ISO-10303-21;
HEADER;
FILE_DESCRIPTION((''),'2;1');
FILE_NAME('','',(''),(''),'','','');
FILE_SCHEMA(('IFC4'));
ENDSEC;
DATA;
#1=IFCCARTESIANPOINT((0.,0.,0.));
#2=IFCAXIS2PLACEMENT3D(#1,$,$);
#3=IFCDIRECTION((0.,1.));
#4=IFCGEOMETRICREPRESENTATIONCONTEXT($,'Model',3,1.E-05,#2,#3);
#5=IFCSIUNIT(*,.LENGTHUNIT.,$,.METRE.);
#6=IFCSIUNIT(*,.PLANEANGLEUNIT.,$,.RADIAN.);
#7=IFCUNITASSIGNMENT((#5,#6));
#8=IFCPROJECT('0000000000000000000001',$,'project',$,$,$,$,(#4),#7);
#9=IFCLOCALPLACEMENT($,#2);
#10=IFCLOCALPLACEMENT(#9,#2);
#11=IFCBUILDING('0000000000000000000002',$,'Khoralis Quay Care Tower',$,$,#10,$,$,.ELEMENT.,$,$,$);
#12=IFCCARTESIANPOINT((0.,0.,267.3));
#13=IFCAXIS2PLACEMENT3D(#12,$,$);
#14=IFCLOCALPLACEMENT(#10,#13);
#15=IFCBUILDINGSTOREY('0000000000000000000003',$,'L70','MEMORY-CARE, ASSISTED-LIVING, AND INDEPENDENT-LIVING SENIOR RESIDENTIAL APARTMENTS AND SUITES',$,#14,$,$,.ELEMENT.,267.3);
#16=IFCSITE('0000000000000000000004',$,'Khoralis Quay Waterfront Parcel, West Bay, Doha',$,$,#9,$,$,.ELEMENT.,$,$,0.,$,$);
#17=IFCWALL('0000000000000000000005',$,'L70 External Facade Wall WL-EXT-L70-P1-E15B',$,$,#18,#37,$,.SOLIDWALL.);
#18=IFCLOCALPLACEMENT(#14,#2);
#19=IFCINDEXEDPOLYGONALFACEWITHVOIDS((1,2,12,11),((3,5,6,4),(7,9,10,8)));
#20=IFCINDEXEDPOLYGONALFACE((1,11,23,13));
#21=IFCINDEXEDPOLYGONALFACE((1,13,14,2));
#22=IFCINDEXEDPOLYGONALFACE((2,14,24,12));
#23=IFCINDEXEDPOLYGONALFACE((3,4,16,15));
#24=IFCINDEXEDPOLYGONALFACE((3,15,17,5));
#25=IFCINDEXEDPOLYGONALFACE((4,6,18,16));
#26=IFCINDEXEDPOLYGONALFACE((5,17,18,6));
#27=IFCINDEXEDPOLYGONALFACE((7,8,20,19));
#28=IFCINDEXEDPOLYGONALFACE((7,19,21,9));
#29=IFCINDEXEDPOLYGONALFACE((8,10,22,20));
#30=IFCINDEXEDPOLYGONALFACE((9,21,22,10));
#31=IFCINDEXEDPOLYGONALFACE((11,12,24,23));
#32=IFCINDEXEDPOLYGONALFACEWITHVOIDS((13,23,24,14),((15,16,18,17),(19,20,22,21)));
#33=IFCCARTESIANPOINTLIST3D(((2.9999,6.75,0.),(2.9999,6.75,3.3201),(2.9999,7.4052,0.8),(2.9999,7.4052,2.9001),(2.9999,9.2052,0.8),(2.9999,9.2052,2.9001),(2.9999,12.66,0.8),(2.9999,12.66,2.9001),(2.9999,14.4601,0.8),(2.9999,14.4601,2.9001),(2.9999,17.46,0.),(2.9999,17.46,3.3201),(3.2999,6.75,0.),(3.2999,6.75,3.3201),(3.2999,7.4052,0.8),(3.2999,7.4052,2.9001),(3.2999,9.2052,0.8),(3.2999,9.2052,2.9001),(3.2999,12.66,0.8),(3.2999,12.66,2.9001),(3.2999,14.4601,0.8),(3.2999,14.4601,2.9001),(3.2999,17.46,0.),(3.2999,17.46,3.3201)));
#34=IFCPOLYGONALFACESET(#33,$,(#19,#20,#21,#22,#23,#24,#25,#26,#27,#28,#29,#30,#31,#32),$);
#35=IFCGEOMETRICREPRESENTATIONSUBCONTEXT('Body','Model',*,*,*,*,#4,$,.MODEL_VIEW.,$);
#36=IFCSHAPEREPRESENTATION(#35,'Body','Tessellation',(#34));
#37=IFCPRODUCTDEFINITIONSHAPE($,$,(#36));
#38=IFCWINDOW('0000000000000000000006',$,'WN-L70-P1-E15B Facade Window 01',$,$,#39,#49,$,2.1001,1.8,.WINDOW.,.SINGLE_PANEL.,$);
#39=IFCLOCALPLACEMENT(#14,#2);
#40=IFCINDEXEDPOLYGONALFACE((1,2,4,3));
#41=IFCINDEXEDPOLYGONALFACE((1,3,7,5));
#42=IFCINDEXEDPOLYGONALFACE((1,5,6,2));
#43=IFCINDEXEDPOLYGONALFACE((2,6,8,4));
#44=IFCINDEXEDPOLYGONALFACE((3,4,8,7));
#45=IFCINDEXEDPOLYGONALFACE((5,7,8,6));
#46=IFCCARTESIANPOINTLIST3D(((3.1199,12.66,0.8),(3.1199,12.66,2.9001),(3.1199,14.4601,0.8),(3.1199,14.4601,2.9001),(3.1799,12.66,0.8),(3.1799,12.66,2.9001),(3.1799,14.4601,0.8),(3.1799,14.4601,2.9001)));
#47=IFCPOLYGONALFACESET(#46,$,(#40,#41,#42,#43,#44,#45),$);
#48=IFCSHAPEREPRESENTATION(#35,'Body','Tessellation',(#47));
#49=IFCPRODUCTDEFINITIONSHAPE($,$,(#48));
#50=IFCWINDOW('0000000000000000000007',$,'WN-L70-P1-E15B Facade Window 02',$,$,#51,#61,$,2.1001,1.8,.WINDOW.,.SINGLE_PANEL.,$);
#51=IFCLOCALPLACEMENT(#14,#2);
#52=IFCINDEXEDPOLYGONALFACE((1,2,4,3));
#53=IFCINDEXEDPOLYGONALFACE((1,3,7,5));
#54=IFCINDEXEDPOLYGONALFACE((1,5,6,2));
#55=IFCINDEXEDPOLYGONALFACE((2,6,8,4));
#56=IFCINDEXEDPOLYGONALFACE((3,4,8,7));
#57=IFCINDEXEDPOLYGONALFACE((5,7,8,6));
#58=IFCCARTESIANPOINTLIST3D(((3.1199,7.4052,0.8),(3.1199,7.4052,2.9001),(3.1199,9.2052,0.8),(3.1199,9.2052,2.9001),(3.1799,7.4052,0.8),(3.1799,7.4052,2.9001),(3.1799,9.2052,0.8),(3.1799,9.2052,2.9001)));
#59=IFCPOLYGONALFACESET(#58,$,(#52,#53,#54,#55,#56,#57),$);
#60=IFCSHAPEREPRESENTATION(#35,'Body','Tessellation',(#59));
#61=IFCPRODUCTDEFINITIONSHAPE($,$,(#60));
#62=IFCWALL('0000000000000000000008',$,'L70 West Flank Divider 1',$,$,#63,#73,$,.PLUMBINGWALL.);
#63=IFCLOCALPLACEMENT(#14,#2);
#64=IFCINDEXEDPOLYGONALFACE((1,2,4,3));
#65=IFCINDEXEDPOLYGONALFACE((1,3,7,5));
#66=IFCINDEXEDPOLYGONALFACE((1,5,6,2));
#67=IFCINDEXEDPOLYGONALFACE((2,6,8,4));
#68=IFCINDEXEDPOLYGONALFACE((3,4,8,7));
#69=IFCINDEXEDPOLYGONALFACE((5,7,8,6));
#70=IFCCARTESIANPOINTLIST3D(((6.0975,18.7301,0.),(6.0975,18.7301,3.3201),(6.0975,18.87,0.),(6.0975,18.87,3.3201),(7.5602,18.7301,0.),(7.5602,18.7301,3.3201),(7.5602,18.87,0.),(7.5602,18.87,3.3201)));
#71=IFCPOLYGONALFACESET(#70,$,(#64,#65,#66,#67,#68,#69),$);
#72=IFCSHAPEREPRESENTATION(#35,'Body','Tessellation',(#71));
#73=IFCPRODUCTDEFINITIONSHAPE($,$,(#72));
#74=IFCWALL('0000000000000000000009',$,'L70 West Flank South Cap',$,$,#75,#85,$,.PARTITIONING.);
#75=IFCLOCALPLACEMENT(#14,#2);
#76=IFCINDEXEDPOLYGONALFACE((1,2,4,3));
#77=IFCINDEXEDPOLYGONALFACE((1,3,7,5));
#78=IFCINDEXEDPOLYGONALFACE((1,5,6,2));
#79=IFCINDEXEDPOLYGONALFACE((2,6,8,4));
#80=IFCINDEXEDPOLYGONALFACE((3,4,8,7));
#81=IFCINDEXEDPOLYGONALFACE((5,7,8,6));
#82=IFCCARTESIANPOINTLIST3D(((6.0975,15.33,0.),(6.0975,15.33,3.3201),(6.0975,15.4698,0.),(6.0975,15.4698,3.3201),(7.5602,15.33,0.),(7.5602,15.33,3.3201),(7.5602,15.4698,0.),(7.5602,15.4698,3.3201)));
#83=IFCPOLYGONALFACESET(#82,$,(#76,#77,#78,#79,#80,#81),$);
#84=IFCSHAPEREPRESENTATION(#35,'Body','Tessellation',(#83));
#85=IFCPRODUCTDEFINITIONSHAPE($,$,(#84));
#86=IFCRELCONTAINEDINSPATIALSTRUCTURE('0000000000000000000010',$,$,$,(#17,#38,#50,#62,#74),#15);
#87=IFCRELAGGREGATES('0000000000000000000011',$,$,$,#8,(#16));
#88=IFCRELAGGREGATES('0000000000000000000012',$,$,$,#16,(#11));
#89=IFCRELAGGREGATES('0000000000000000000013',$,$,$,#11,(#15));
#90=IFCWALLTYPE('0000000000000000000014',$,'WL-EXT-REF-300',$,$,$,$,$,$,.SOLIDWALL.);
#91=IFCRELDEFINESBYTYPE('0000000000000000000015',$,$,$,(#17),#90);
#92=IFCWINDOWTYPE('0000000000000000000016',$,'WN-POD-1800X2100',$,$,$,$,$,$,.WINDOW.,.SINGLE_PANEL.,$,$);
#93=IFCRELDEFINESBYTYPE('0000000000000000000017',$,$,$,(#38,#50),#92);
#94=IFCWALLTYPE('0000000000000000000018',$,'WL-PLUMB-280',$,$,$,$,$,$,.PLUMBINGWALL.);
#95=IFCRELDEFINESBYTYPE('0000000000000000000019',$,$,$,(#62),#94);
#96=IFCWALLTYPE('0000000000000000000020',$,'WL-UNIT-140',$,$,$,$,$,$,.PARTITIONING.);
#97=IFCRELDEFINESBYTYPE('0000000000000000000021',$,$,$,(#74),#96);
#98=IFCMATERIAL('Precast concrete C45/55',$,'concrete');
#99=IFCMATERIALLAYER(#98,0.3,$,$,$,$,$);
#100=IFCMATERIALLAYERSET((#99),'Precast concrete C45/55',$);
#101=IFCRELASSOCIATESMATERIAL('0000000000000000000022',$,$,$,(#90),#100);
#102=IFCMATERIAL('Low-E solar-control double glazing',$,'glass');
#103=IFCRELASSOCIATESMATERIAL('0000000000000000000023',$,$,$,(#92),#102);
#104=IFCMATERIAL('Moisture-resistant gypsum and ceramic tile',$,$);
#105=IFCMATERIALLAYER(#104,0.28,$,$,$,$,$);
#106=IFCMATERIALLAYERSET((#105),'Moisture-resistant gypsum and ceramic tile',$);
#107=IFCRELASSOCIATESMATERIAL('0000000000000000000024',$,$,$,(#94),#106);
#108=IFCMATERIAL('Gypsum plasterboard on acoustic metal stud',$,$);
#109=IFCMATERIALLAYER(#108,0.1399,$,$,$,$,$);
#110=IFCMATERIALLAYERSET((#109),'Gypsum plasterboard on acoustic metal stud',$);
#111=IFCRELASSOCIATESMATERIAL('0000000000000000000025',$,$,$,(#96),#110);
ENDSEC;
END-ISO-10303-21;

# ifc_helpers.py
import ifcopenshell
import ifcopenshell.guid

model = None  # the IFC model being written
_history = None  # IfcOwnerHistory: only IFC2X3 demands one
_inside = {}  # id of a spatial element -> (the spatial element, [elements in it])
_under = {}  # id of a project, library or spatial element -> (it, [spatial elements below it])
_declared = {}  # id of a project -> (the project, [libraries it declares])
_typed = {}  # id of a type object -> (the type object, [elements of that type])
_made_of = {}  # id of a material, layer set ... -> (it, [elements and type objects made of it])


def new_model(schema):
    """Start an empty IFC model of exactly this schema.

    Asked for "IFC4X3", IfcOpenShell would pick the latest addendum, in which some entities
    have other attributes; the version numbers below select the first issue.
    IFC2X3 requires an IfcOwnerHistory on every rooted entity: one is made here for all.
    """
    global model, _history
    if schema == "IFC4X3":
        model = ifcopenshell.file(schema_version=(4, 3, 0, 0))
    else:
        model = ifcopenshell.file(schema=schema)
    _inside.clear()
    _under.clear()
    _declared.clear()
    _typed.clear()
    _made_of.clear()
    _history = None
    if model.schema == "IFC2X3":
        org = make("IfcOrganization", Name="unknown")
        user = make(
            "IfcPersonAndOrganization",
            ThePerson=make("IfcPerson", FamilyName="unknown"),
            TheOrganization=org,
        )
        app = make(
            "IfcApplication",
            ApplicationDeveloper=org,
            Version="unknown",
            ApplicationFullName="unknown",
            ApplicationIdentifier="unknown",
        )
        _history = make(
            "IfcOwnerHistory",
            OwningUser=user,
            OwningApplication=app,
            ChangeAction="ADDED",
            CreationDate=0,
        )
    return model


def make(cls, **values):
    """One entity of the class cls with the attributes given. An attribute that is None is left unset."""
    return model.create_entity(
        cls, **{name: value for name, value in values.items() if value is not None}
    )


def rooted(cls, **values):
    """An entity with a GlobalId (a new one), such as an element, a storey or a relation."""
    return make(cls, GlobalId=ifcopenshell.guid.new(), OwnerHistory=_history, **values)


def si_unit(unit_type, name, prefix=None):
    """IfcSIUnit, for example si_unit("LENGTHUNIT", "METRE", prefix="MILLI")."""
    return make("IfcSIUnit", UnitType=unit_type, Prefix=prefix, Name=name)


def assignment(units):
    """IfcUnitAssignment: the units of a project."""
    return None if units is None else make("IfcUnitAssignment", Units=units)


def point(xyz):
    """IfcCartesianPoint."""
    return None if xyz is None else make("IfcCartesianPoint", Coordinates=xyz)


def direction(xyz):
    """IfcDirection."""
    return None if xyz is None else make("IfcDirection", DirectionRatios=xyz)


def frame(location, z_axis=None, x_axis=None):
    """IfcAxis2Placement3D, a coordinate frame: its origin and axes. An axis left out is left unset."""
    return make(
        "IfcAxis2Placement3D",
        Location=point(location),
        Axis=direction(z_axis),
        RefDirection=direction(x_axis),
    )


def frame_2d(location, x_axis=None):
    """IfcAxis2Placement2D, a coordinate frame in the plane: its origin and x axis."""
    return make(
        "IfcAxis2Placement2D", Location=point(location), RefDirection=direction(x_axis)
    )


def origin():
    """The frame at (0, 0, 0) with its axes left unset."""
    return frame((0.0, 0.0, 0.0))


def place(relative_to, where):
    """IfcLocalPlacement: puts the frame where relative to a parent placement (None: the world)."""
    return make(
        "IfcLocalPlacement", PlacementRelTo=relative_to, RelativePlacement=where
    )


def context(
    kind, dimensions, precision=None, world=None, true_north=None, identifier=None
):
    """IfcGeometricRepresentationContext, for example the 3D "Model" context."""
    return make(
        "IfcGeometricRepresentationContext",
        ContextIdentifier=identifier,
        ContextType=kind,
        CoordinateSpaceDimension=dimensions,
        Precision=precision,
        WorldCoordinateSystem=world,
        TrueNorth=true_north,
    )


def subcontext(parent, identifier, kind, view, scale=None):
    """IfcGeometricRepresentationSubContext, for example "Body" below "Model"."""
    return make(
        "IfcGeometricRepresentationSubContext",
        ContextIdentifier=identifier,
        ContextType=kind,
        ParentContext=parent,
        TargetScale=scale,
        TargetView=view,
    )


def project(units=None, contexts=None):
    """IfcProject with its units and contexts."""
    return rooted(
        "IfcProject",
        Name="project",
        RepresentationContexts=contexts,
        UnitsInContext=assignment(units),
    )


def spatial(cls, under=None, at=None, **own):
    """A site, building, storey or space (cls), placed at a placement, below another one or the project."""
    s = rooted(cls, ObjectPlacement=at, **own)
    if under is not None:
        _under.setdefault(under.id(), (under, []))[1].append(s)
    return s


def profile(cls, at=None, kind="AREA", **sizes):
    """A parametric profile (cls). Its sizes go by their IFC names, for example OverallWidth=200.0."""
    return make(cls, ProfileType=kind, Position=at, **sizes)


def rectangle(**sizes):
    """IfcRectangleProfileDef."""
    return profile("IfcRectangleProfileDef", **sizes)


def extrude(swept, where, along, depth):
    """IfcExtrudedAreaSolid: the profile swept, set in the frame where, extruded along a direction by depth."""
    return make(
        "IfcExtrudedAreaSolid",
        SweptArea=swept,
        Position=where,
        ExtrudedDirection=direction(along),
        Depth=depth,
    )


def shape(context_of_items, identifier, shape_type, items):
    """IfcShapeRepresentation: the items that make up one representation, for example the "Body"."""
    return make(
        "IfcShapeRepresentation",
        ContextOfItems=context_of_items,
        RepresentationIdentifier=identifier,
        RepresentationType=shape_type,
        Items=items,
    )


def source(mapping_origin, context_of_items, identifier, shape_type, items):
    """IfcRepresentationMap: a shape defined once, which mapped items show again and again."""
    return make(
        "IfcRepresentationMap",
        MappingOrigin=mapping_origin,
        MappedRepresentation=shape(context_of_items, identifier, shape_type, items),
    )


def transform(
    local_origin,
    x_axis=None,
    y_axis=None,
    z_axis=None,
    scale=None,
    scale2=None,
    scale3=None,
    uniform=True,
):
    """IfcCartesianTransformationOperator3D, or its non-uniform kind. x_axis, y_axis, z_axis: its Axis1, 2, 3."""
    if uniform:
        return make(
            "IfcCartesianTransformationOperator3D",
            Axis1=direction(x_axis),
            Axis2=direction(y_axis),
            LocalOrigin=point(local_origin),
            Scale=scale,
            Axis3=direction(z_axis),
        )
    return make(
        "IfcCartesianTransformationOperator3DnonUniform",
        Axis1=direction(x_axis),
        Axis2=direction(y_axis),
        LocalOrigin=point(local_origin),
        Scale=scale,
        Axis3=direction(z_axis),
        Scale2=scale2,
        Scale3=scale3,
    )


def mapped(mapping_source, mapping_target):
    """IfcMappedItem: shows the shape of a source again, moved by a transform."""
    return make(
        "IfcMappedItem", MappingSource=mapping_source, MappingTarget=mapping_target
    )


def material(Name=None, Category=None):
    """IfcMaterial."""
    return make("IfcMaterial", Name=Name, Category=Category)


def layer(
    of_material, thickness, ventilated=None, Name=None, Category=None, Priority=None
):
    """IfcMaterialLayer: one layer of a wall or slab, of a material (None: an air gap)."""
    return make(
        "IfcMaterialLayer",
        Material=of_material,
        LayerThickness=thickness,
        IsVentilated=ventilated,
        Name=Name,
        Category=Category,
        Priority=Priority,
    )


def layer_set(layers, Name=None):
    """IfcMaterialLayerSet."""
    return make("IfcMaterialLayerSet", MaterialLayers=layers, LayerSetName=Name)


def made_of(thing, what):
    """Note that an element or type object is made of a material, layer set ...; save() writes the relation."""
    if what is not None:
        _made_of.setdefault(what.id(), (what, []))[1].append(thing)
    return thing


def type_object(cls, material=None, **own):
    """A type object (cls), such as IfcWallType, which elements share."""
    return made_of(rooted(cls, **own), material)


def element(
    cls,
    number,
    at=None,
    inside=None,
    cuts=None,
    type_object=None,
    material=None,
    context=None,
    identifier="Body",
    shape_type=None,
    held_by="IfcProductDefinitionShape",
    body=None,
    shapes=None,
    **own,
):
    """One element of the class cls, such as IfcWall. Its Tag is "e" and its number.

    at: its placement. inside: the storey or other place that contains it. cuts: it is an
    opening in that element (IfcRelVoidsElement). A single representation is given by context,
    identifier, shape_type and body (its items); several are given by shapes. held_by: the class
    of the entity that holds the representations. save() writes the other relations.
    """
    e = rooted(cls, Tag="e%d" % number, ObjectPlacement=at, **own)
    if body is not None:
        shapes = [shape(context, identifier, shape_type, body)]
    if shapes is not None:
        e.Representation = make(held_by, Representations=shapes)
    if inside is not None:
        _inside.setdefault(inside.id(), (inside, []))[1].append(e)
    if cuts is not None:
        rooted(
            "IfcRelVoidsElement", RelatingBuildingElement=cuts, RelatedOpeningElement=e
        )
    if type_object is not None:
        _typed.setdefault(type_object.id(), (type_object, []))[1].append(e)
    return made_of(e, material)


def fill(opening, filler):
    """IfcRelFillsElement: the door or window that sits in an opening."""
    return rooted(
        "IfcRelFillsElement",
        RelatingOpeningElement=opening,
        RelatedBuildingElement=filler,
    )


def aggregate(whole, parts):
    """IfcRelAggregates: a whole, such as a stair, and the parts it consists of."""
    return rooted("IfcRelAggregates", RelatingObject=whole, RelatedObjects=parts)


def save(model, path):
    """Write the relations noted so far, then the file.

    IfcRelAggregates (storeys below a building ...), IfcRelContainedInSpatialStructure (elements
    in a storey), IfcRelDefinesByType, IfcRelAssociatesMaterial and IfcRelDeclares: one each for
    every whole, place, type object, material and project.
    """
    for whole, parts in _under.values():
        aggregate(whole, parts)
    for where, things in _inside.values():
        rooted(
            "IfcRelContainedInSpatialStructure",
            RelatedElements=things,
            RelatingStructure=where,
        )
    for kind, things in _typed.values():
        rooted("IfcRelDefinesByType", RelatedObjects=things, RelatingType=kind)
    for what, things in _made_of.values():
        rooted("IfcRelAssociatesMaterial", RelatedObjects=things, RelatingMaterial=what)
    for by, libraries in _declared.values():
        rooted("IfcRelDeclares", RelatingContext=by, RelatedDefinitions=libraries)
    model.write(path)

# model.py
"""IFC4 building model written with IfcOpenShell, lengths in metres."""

from ifc_helpers import new_model, si_unit, direction, frame, frame_2d, origin, place, context, subcontext, project, spatial, rectangle, extrude, source, transform, mapped, material, layer, layer_set, type_object, element, fill, save


model = new_model("IFC4")

# Units and contexts
model_context = context("Model", 3, precision=1e-05, world=origin(), true_north=direction((0.0, 1.0)))
body_context = subcontext(model_context, "Body", "Model", "MODEL_VIEW")
ifc_project = project(units=[si_unit("LENGTHUNIT", "METRE"), si_unit("PLANEANGLEUNIT", "RADIAN")], contexts=[model_context])

# Site, building, storey
site_placement = place(None, origin())
site = spatial("IfcSite", under=ifc_project, at=site_placement, Name="Khoralis Quay Waterfront Parcel, West Bay, Doha", CompositionType="ELEMENT", RefElevation=0.0)
building_placement = place(site_placement, origin())
building = spatial("IfcBuilding", under=site, at=building_placement, Name="Khoralis Quay Care Tower", CompositionType="ELEMENT")
storey_placement = place(building_placement, frame((0.0, 0.0, 267.3)))
storey = spatial("IfcBuildingStorey", under=building, at=storey_placement, Name="L70", Description="MEMORY-CARE, ASSISTED-LIVING, AND INDEPENDENT-LIVING SENIOR RESIDENTIAL APARTMENTS AND SUITES", CompositionType="ELEMENT", Elevation=267.3)

# Shared definitions
ifc_material_1 = material(Name="Low-E solar-control double glazing", Category="glass")

# Shared definitions
ifc_material_2 = material(Name="Gypsum plasterboard on acoustic metal stud")

# Wall, openings, windows
ifc_material_3 = material(Name="Precast concrete C45/55", Category="concrete")
ifc_layer_1 = layer(ifc_material_3, 0.3)
ifc_layer_set_1 = layer_set([ifc_layer_1], Name="Precast concrete C45/55")
wall_type_1 = type_object("IfcWallType", Name="WL-EXT-REF-300", PredefinedType="SOLIDWALL", material=ifc_layer_set_1)
wall_1_placement = place(storey_placement, frame((3.1499, 17.46, 0.0), z_axis=(0.0, 0.0, 1.0), x_axis=(0.0, -1.0, 0.0)))
wall_1 = element("IfcWall", 1, at=wall_1_placement, inside=storey, type_object=wall_type_1, Name="L70 External Facade Wall WL-EXT-L70-P1-E15B", PredefinedType="SOLIDWALL", context=body_context, shape_type="SweptSolid", body=[
    extrude(rectangle(XDim=10.71, YDim=0.3, at=frame_2d((5.355, 0.0))), origin(), (0.0, 0.0, 1.0), 3.3201),
])
opening_1_placement = place(wall_1_placement, frame((3.0, 0.0, 0.8)))
opening_1 = element("IfcOpeningElement", 2, at=opening_1_placement, cuts=wall_1, PredefinedType="OPENING", context=body_context, shape_type="SweptSolid", body=[
    extrude(rectangle(XDim=1.8, YDim=2.1001, at=frame_2d((0.8999, 1.05))), frame((0.0, 0.1602, 0.0), z_axis=(0.0, -1.0, 0.0), x_axis=(1.0, 0.0, 0.0)), (0.0, 0.0, 1.0), 0.3201),
])
opening_2_placement = place(wall_1_placement, frame((8.2549, 0.0, 0.8)))
opening_2 = element("IfcOpeningElement", 3, at=opening_2_placement, cuts=wall_1, PredefinedType="OPENING", context=body_context, shape_type="SweptSolid", body=[
    extrude(rectangle(XDim=1.8, YDim=2.1001, at=frame_2d((0.8999, 1.05))), frame((0.0, 0.1602, 0.0), z_axis=(0.0, -1.0, 0.0), x_axis=(1.0, 0.0, 0.0)), (0.0, 0.0, 1.0), 0.3201),
])
window_type = type_object("IfcWindowType", Name="WN-POD-1800X2100", PartitioningType="SINGLE_PANEL", PredefinedType="WINDOW", material=ifc_material_1)
shared_shape_1 = source(origin(), body_context, "Body", "SweptSolid", [
    extrude(rectangle(XDim=1.8, YDim=2.1001, at=frame_2d((0.8999, 1.05))), frame((0.0, 0.03, 0.0), z_axis=(0.0, -1.0, 0.0), x_axis=(1.0, 0.0, 0.0)), (0.0, 0.0, 1.0), 0.0601),
])
window_1_placement = place(opening_1_placement, origin())
window_1 = element("IfcWindow", 4, at=window_1_placement, inside=storey, type_object=window_type, Name="WN-L70-P1-E15B Facade Window 01", OverallHeight=2.1001, OverallWidth=1.8, PartitioningType="SINGLE_PANEL", PredefinedType="WINDOW", context=body_context, shape_type="MappedRepresentation", body=[
    mapped(shared_shape_1, transform((0.0, 0.0, 0.0), scale=1.0)),
])
fill(opening_1, window_1)
window_2_placement = place(opening_2_placement, origin())
window_2 = element("IfcWindow", 5, at=window_2_placement, inside=storey, type_object=window_type, Name="WN-L70-P1-E15B Facade Window 02", OverallHeight=2.1001, OverallWidth=1.8, PartitioningType="SINGLE_PANEL", PredefinedType="WINDOW", context=body_context, shape_type="MappedRepresentation", body=[
    mapped(shared_shape_1, transform((0.0, 0.0, 0.0), scale=1.0)),
])
fill(opening_2, window_2)

# Walls
ifc_material_4 = material(Name="Moisture-resistant gypsum and ceramic tile")
ifc_layer_2 = layer(ifc_material_4, 0.28)
ifc_layer_set_2 = layer_set([ifc_layer_2], Name="Moisture-resistant gypsum and ceramic tile")
wall_type_2 = type_object("IfcWallType", Name="WL-PLUMB-280", PredefinedType="PLUMBINGWALL", material=ifc_layer_set_2)
wall_2_placement = place(storey_placement, frame((6.0974, 18.8, 0.0), z_axis=(0.0, 0.0, 1.0), x_axis=(1.0, 0.0, 0.0)))
element("IfcWall", 6, at=wall_2_placement, inside=storey, type_object=wall_type_2, Name="L70 West Flank Divider 1", PredefinedType="PLUMBINGWALL", context=body_context, shape_type="SweptSolid", body=[
    extrude(rectangle(XDim=1.4626, YDim=0.1399, at=frame_2d((0.7314, 0.0))), origin(), (0.0, 0.0, 1.0), 3.3201),
])
ifc_layer_3 = layer(ifc_material_2, 0.1399)
ifc_layer_set_3 = layer_set([ifc_layer_3], Name="Gypsum plasterboard on acoustic metal stud")
wall_type_3 = type_object("IfcWallType", Name="WL-UNIT-140", PredefinedType="PARTITIONING", material=ifc_layer_set_3)
wall_3_placement = place(storey_placement, frame((6.0974, 15.3999, 0.0), z_axis=(0.0, 0.0, 1.0), x_axis=(1.0, 0.0, 0.0)))
element("IfcWall", 7, at=wall_3_placement, inside=storey, type_object=wall_type_3, Name="L70 West Flank South Cap", PredefinedType="PARTITIONING", context=body_context, shape_type="SweptSolid", body=[
    extrude(rectangle(XDim=1.4626, YDim=0.1399, at=frame_2d((0.7314, 0.0))), origin(), (0.0, 0.0, 1.0), 3.3201),
])

save(model, "model.ifc")
